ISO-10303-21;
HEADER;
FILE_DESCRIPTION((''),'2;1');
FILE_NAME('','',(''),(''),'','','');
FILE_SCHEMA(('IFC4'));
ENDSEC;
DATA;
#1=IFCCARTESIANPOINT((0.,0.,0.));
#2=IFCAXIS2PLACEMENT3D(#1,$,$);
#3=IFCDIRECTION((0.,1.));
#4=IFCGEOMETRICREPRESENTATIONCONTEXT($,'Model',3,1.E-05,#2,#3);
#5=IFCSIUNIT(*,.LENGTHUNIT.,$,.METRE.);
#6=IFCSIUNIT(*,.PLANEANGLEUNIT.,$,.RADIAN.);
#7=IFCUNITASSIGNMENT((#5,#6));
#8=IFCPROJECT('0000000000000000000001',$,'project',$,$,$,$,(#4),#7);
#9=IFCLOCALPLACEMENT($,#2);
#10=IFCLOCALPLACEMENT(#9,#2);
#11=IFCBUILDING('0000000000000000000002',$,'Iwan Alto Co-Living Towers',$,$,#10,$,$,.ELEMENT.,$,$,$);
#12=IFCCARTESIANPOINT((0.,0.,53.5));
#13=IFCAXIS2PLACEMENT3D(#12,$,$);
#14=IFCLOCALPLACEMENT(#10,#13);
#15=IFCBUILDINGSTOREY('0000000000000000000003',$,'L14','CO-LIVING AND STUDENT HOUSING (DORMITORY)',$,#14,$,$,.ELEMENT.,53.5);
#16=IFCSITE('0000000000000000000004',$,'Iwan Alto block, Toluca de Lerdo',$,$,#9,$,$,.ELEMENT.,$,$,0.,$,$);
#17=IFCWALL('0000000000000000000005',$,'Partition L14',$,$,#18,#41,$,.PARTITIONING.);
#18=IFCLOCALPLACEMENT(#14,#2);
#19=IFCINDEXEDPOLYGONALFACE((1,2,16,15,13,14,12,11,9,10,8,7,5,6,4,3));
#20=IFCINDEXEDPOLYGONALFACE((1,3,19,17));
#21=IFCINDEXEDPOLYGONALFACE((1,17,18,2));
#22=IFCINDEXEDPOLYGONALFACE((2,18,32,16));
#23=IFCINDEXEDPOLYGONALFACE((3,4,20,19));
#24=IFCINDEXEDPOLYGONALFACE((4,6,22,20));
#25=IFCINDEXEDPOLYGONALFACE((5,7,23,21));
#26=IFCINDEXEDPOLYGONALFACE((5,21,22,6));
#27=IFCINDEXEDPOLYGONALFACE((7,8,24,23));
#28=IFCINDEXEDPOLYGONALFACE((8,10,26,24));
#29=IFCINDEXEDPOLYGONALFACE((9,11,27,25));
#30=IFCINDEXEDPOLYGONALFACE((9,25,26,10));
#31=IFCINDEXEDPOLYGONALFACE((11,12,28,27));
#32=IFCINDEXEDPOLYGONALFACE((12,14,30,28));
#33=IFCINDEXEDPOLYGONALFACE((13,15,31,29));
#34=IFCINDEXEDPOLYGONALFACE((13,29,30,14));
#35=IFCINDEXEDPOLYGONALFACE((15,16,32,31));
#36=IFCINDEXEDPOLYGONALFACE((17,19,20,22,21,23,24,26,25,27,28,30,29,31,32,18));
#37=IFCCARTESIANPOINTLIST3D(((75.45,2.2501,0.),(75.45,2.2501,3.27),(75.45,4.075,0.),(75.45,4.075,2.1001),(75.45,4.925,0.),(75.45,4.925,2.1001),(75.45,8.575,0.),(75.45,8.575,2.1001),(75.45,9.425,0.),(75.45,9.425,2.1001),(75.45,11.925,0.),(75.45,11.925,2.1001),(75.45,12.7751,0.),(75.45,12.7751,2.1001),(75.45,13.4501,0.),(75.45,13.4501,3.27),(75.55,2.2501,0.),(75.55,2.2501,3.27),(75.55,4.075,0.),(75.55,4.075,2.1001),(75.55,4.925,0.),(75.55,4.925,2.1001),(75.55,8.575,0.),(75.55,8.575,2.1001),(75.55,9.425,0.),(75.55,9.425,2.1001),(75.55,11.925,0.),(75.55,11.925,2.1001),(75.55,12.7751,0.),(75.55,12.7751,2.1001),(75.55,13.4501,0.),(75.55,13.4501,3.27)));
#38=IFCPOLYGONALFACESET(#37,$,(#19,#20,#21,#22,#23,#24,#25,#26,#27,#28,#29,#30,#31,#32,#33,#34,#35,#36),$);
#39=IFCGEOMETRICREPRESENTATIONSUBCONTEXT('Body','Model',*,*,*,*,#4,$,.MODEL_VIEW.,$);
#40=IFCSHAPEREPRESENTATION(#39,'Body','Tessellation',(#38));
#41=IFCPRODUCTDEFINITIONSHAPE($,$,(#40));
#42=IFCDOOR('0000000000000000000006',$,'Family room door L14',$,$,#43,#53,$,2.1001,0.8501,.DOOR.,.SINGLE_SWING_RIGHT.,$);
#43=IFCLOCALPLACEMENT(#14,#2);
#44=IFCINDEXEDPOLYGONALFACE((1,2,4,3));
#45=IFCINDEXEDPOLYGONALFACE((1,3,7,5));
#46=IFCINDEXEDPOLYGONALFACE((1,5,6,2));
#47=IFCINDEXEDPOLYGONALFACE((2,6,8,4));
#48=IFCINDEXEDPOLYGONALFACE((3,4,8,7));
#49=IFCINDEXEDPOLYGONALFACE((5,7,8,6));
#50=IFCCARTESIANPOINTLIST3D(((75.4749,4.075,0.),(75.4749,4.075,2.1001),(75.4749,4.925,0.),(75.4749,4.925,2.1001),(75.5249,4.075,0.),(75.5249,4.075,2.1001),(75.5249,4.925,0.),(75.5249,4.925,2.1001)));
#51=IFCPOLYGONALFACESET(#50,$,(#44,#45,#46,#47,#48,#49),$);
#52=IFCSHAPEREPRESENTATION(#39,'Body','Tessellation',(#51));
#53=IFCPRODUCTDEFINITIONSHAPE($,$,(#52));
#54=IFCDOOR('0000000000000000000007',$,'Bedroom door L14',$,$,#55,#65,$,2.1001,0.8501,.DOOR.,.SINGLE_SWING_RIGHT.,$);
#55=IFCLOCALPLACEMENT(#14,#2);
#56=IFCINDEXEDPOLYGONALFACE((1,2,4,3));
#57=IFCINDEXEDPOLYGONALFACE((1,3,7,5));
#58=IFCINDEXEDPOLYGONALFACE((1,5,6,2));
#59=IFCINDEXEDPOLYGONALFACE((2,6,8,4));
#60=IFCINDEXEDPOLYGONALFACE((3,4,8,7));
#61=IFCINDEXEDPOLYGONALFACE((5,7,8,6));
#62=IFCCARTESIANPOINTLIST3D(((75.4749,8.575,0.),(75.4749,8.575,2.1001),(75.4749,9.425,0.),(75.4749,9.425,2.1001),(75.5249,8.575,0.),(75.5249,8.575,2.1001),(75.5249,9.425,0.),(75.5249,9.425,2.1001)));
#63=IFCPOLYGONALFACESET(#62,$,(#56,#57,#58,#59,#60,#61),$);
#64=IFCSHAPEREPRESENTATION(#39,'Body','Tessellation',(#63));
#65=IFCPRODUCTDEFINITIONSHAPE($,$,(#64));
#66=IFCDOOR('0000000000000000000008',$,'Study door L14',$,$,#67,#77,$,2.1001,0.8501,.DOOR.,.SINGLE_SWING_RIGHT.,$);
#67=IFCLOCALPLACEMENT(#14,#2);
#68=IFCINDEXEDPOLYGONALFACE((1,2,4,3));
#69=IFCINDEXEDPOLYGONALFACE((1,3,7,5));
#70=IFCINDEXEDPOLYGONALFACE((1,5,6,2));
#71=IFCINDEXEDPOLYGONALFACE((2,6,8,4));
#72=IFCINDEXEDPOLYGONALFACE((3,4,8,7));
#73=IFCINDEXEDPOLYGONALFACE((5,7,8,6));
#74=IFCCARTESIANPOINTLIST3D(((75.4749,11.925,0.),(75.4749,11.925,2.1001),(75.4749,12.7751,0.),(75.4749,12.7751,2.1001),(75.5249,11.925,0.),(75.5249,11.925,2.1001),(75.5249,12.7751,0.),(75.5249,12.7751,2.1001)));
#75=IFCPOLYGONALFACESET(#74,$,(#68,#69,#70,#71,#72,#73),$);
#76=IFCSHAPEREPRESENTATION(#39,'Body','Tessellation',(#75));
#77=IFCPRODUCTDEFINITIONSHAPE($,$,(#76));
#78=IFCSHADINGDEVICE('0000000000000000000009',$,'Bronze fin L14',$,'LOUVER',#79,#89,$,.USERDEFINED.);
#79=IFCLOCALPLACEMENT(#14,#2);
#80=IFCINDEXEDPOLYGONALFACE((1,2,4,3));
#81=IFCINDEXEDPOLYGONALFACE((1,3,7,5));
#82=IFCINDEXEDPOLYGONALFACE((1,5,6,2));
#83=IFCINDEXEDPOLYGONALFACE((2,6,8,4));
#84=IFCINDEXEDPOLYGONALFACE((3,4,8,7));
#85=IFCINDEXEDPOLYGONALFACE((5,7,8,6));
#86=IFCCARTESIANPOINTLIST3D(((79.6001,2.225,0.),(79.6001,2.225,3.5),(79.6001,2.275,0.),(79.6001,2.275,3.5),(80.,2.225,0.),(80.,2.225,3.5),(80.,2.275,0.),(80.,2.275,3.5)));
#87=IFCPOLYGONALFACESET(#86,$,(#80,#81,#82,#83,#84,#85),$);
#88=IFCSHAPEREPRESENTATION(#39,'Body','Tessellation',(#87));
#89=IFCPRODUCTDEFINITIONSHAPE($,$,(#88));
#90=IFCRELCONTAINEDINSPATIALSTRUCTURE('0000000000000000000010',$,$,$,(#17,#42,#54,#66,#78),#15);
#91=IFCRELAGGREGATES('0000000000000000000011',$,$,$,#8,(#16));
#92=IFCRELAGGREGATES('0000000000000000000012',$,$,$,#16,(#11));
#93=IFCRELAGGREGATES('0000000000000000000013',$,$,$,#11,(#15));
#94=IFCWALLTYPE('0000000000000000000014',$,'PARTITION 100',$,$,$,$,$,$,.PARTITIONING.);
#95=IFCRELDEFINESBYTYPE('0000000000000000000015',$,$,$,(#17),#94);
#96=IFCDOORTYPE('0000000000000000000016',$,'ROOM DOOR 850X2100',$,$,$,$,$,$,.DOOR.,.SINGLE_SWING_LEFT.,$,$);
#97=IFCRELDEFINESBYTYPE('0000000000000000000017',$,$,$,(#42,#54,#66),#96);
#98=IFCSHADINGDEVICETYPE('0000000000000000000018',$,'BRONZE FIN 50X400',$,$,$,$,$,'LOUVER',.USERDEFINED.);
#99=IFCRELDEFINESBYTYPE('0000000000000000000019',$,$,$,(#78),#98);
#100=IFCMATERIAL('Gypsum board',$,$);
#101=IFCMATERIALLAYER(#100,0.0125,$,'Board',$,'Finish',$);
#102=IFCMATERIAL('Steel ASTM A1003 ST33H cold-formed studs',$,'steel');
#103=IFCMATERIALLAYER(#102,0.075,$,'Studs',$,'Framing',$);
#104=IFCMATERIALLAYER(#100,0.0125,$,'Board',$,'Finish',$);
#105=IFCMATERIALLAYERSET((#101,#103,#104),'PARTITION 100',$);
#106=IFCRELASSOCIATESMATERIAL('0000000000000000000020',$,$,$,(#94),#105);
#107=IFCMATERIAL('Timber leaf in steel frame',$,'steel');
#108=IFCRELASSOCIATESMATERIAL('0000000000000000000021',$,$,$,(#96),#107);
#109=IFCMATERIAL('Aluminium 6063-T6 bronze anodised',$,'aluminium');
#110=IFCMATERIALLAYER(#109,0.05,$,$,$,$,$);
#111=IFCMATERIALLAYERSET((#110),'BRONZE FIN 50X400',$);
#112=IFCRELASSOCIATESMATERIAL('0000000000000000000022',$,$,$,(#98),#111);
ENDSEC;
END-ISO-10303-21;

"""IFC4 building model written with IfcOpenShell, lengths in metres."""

from ifc_helpers import new_model, si_unit, direction, frame, frame_2d, origin, origin_2d, place, context, subcontext, project, spatial, rectangle, extrude, material, layer, layer_set, type_object, element, fill, save


model = new_model("IFC4")

# Units and contexts
model_context = context("Model", 3, precision=1e-05, world=origin(), true_north=direction((0.0, 1.0)))
body_context = subcontext(model_context, "Body", "Model", "MODEL_VIEW")
ifc_project = project(units=[si_unit("LENGTHUNIT", "METRE"), si_unit("PLANEANGLEUNIT", "RADIAN")], contexts=[model_context])

# Site, building, storey
site_placement = place(None, origin())
site = spatial("IfcSite", under=ifc_project, at=site_placement, Name="Iwan Alto block, Toluca de Lerdo", CompositionType="ELEMENT", RefElevation=0.0)
building_placement = place(site_placement, origin())
building = spatial("IfcBuilding", under=site, at=building_placement, Name="Iwan Alto Co-Living Towers", CompositionType="ELEMENT")
storey_placement = place(building_placement, frame((0.0, 0.0, 53.5)))
storey = spatial("IfcBuildingStorey", under=building, at=storey_placement, Name="L14", Description="CO-LIVING AND STUDENT HOUSING (DORMITORY)", CompositionType="ELEMENT", Elevation=53.5)

# Shared definitions
ifc_material_1 = material(Name="Gypsum board")
ifc_layer_1 = layer(ifc_material_1, 0.0125, Name="Board", Category="Finish")
ifc_material_2 = material(Name="Steel ASTM A1003 ST33H cold-formed studs", Category="steel")
ifc_layer_2 = layer(ifc_material_2, 0.075, Name="Studs", Category="Framing")
ifc_layer_3 = layer(ifc_material_1, 0.0125, Name="Board", Category="Finish")
ifc_layer_set_1 = layer_set([ifc_layer_1, ifc_layer_2, ifc_layer_3], Name="PARTITION 100")
wall_type = type_object("IfcWallType", Name="PARTITION 100", PredefinedType="PARTITIONING", material=ifc_layer_set_1)

# Wall, openings, doors
wall_placement = place(storey_placement, frame((75.5, 2.25, 0.0), z_axis=(0.0, 0.0, 1.0), x_axis=(0.0, 1.0, 0.0)))
wall = element("IfcWall", 1, at=wall_placement, inside=storey, type_object=wall_type, Name="Partition L14", PredefinedType="PARTITIONING", context=body_context, shape_type="SweptSolid", body=[
    extrude(rectangle(XDim=11.2, YDim=0.1001, at=frame_2d((5.6001, 0.0))), origin(), (0.0, 0.0, 1.0), 3.27),
])
opening_1_placement = place(wall_placement, frame((1.825, 0.0, 0.0)))
opening_1 = element("IfcOpeningElement", 2, at=opening_1_placement, cuts=wall, PredefinedType="OPENING", context=body_context, shape_type="SweptSolid", body=[
    extrude(rectangle(XDim=0.8501, YDim=2.1001, at=frame_2d((0.425, 1.05))), frame((0.0, 0.0601, 0.0), z_axis=(0.0, -1.0, 0.0), x_axis=(1.0, 0.0, 0.0)), (0.0, 0.0, 1.0), 0.1201),
])
opening_2_placement = place(wall_placement, frame((6.325, 0.0, 0.0)))
opening_2 = element("IfcOpeningElement", 3, at=opening_2_placement, cuts=wall, PredefinedType="OPENING", context=body_context, shape_type="SweptSolid", body=[
    extrude(rectangle(XDim=0.8501, YDim=2.1001, at=frame_2d((0.425, 1.05))), frame((0.0, 0.0601, 0.0), z_axis=(0.0, -1.0, 0.0), x_axis=(1.0, 0.0, 0.0)), (0.0, 0.0, 1.0), 0.1201),
])
opening_3_placement = place(wall_placement, frame((9.675, 0.0, 0.0)))
opening_3 = element("IfcOpeningElement", 4, at=opening_3_placement, cuts=wall, PredefinedType="OPENING", context=body_context, shape_type="SweptSolid", body=[
    extrude(rectangle(XDim=0.8501, YDim=2.1001, at=frame_2d((0.425, 1.05))), frame((0.0, 0.0601, 0.0), z_axis=(0.0, -1.0, 0.0), x_axis=(1.0, 0.0, 0.0)), (0.0, 0.0, 1.0), 0.1201),
])
ifc_material_3 = material(Name="Timber leaf in steel frame", Category="steel")
door_type = type_object("IfcDoorType", Name="ROOM DOOR 850X2100", OperationType="SINGLE_SWING_LEFT", PredefinedType="DOOR", material=ifc_material_3)
door_1_placement = place(opening_1_placement, frame((0.8501, 0.0, 0.0), z_axis=(0.0, 0.0, 1.0), x_axis=(-1.0, 0.0, 0.0)))
door_1 = element("IfcDoor", 5, at=door_1_placement, inside=storey, type_object=door_type, Name="Family room door L14", OperationType="SINGLE_SWING_RIGHT", OverallHeight=2.1001, OverallWidth=0.8501, PredefinedType="DOOR", context=body_context, shape_type="SweptSolid", body=[
    extrude(rectangle(XDim=0.8501, YDim=2.1001, at=frame_2d((0.425, 1.05))), frame((0.0, 0.0249, 0.0), z_axis=(0.0, -1.0, 0.0), x_axis=(1.0, 0.0, 0.0)), (0.0, 0.0, 1.0), 0.05),
])
fill(opening_1, door_1)
door_2_placement = place(opening_2_placement, frame((0.8501, 0.0, 0.0), z_axis=(0.0, 0.0, 1.0), x_axis=(-1.0, 0.0, 0.0)))
door_2 = element("IfcDoor", 6, at=door_2_placement, inside=storey, type_object=door_type, Name="Bedroom door L14", OperationType="SINGLE_SWING_RIGHT", OverallHeight=2.1001, OverallWidth=0.8501, PredefinedType="DOOR", context=body_context, shape_type="SweptSolid", body=[
    extrude(rectangle(XDim=0.8501, YDim=2.1001, at=frame_2d((0.425, 1.05))), frame((0.0, 0.0249, 0.0), z_axis=(0.0, -1.0, 0.0), x_axis=(1.0, 0.0, 0.0)), (0.0, 0.0, 1.0), 0.05),
])
fill(opening_2, door_2)
door_3_placement = place(opening_3_placement, frame((0.8501, 0.0, 0.0), z_axis=(0.0, 0.0, 1.0), x_axis=(-1.0, 0.0, 0.0)))
door_3 = element("IfcDoor", 7, at=door_3_placement, inside=storey, type_object=door_type, Name="Study door L14", OperationType="SINGLE_SWING_RIGHT", OverallHeight=2.1001, OverallWidth=0.8501, PredefinedType="DOOR", context=body_context, shape_type="SweptSolid", body=[
    extrude(rectangle(XDim=0.8501, YDim=2.1001, at=frame_2d((0.425, 1.05))), frame((0.0, 0.0249, 0.0), z_axis=(0.0, -1.0, 0.0), x_axis=(1.0, 0.0, 0.0)), (0.0, 0.0, 1.0), 0.05),
])
fill(opening_3, door_3)

# Shading device
ifc_material_4 = material(Name="Aluminium 6063-T6 bronze anodised", Category="aluminium")
ifc_layer_4 = layer(ifc_material_4, 0.05)
ifc_layer_set_2 = layer_set([ifc_layer_4], Name="BRONZE FIN 50X400")
shading_device_type = type_object("IfcShadingDeviceType", Name="BRONZE FIN 50X400", ElementType="LOUVER", PredefinedType="USERDEFINED", material=ifc_layer_set_2)
shading_device_placement = place(storey_placement, frame((79.8, 2.25, 0.0), z_axis=(0.0, 0.0, 1.0), x_axis=(0.0, 1.0, 0.0)))
element("IfcShadingDevice", 8, at=shading_device_placement, inside=storey, type_object=shading_device_type, Name="Bronze fin L14", ObjectType="LOUVER", PredefinedType="USERDEFINED", context=body_context, shape_type="SweptSolid", body=[
    extrude(rectangle(XDim=0.05, YDim=0.3999, at=origin_2d()), origin(), (0.0, 0.0, 1.0), 3.5),
])

save(model, "model.ifc")
